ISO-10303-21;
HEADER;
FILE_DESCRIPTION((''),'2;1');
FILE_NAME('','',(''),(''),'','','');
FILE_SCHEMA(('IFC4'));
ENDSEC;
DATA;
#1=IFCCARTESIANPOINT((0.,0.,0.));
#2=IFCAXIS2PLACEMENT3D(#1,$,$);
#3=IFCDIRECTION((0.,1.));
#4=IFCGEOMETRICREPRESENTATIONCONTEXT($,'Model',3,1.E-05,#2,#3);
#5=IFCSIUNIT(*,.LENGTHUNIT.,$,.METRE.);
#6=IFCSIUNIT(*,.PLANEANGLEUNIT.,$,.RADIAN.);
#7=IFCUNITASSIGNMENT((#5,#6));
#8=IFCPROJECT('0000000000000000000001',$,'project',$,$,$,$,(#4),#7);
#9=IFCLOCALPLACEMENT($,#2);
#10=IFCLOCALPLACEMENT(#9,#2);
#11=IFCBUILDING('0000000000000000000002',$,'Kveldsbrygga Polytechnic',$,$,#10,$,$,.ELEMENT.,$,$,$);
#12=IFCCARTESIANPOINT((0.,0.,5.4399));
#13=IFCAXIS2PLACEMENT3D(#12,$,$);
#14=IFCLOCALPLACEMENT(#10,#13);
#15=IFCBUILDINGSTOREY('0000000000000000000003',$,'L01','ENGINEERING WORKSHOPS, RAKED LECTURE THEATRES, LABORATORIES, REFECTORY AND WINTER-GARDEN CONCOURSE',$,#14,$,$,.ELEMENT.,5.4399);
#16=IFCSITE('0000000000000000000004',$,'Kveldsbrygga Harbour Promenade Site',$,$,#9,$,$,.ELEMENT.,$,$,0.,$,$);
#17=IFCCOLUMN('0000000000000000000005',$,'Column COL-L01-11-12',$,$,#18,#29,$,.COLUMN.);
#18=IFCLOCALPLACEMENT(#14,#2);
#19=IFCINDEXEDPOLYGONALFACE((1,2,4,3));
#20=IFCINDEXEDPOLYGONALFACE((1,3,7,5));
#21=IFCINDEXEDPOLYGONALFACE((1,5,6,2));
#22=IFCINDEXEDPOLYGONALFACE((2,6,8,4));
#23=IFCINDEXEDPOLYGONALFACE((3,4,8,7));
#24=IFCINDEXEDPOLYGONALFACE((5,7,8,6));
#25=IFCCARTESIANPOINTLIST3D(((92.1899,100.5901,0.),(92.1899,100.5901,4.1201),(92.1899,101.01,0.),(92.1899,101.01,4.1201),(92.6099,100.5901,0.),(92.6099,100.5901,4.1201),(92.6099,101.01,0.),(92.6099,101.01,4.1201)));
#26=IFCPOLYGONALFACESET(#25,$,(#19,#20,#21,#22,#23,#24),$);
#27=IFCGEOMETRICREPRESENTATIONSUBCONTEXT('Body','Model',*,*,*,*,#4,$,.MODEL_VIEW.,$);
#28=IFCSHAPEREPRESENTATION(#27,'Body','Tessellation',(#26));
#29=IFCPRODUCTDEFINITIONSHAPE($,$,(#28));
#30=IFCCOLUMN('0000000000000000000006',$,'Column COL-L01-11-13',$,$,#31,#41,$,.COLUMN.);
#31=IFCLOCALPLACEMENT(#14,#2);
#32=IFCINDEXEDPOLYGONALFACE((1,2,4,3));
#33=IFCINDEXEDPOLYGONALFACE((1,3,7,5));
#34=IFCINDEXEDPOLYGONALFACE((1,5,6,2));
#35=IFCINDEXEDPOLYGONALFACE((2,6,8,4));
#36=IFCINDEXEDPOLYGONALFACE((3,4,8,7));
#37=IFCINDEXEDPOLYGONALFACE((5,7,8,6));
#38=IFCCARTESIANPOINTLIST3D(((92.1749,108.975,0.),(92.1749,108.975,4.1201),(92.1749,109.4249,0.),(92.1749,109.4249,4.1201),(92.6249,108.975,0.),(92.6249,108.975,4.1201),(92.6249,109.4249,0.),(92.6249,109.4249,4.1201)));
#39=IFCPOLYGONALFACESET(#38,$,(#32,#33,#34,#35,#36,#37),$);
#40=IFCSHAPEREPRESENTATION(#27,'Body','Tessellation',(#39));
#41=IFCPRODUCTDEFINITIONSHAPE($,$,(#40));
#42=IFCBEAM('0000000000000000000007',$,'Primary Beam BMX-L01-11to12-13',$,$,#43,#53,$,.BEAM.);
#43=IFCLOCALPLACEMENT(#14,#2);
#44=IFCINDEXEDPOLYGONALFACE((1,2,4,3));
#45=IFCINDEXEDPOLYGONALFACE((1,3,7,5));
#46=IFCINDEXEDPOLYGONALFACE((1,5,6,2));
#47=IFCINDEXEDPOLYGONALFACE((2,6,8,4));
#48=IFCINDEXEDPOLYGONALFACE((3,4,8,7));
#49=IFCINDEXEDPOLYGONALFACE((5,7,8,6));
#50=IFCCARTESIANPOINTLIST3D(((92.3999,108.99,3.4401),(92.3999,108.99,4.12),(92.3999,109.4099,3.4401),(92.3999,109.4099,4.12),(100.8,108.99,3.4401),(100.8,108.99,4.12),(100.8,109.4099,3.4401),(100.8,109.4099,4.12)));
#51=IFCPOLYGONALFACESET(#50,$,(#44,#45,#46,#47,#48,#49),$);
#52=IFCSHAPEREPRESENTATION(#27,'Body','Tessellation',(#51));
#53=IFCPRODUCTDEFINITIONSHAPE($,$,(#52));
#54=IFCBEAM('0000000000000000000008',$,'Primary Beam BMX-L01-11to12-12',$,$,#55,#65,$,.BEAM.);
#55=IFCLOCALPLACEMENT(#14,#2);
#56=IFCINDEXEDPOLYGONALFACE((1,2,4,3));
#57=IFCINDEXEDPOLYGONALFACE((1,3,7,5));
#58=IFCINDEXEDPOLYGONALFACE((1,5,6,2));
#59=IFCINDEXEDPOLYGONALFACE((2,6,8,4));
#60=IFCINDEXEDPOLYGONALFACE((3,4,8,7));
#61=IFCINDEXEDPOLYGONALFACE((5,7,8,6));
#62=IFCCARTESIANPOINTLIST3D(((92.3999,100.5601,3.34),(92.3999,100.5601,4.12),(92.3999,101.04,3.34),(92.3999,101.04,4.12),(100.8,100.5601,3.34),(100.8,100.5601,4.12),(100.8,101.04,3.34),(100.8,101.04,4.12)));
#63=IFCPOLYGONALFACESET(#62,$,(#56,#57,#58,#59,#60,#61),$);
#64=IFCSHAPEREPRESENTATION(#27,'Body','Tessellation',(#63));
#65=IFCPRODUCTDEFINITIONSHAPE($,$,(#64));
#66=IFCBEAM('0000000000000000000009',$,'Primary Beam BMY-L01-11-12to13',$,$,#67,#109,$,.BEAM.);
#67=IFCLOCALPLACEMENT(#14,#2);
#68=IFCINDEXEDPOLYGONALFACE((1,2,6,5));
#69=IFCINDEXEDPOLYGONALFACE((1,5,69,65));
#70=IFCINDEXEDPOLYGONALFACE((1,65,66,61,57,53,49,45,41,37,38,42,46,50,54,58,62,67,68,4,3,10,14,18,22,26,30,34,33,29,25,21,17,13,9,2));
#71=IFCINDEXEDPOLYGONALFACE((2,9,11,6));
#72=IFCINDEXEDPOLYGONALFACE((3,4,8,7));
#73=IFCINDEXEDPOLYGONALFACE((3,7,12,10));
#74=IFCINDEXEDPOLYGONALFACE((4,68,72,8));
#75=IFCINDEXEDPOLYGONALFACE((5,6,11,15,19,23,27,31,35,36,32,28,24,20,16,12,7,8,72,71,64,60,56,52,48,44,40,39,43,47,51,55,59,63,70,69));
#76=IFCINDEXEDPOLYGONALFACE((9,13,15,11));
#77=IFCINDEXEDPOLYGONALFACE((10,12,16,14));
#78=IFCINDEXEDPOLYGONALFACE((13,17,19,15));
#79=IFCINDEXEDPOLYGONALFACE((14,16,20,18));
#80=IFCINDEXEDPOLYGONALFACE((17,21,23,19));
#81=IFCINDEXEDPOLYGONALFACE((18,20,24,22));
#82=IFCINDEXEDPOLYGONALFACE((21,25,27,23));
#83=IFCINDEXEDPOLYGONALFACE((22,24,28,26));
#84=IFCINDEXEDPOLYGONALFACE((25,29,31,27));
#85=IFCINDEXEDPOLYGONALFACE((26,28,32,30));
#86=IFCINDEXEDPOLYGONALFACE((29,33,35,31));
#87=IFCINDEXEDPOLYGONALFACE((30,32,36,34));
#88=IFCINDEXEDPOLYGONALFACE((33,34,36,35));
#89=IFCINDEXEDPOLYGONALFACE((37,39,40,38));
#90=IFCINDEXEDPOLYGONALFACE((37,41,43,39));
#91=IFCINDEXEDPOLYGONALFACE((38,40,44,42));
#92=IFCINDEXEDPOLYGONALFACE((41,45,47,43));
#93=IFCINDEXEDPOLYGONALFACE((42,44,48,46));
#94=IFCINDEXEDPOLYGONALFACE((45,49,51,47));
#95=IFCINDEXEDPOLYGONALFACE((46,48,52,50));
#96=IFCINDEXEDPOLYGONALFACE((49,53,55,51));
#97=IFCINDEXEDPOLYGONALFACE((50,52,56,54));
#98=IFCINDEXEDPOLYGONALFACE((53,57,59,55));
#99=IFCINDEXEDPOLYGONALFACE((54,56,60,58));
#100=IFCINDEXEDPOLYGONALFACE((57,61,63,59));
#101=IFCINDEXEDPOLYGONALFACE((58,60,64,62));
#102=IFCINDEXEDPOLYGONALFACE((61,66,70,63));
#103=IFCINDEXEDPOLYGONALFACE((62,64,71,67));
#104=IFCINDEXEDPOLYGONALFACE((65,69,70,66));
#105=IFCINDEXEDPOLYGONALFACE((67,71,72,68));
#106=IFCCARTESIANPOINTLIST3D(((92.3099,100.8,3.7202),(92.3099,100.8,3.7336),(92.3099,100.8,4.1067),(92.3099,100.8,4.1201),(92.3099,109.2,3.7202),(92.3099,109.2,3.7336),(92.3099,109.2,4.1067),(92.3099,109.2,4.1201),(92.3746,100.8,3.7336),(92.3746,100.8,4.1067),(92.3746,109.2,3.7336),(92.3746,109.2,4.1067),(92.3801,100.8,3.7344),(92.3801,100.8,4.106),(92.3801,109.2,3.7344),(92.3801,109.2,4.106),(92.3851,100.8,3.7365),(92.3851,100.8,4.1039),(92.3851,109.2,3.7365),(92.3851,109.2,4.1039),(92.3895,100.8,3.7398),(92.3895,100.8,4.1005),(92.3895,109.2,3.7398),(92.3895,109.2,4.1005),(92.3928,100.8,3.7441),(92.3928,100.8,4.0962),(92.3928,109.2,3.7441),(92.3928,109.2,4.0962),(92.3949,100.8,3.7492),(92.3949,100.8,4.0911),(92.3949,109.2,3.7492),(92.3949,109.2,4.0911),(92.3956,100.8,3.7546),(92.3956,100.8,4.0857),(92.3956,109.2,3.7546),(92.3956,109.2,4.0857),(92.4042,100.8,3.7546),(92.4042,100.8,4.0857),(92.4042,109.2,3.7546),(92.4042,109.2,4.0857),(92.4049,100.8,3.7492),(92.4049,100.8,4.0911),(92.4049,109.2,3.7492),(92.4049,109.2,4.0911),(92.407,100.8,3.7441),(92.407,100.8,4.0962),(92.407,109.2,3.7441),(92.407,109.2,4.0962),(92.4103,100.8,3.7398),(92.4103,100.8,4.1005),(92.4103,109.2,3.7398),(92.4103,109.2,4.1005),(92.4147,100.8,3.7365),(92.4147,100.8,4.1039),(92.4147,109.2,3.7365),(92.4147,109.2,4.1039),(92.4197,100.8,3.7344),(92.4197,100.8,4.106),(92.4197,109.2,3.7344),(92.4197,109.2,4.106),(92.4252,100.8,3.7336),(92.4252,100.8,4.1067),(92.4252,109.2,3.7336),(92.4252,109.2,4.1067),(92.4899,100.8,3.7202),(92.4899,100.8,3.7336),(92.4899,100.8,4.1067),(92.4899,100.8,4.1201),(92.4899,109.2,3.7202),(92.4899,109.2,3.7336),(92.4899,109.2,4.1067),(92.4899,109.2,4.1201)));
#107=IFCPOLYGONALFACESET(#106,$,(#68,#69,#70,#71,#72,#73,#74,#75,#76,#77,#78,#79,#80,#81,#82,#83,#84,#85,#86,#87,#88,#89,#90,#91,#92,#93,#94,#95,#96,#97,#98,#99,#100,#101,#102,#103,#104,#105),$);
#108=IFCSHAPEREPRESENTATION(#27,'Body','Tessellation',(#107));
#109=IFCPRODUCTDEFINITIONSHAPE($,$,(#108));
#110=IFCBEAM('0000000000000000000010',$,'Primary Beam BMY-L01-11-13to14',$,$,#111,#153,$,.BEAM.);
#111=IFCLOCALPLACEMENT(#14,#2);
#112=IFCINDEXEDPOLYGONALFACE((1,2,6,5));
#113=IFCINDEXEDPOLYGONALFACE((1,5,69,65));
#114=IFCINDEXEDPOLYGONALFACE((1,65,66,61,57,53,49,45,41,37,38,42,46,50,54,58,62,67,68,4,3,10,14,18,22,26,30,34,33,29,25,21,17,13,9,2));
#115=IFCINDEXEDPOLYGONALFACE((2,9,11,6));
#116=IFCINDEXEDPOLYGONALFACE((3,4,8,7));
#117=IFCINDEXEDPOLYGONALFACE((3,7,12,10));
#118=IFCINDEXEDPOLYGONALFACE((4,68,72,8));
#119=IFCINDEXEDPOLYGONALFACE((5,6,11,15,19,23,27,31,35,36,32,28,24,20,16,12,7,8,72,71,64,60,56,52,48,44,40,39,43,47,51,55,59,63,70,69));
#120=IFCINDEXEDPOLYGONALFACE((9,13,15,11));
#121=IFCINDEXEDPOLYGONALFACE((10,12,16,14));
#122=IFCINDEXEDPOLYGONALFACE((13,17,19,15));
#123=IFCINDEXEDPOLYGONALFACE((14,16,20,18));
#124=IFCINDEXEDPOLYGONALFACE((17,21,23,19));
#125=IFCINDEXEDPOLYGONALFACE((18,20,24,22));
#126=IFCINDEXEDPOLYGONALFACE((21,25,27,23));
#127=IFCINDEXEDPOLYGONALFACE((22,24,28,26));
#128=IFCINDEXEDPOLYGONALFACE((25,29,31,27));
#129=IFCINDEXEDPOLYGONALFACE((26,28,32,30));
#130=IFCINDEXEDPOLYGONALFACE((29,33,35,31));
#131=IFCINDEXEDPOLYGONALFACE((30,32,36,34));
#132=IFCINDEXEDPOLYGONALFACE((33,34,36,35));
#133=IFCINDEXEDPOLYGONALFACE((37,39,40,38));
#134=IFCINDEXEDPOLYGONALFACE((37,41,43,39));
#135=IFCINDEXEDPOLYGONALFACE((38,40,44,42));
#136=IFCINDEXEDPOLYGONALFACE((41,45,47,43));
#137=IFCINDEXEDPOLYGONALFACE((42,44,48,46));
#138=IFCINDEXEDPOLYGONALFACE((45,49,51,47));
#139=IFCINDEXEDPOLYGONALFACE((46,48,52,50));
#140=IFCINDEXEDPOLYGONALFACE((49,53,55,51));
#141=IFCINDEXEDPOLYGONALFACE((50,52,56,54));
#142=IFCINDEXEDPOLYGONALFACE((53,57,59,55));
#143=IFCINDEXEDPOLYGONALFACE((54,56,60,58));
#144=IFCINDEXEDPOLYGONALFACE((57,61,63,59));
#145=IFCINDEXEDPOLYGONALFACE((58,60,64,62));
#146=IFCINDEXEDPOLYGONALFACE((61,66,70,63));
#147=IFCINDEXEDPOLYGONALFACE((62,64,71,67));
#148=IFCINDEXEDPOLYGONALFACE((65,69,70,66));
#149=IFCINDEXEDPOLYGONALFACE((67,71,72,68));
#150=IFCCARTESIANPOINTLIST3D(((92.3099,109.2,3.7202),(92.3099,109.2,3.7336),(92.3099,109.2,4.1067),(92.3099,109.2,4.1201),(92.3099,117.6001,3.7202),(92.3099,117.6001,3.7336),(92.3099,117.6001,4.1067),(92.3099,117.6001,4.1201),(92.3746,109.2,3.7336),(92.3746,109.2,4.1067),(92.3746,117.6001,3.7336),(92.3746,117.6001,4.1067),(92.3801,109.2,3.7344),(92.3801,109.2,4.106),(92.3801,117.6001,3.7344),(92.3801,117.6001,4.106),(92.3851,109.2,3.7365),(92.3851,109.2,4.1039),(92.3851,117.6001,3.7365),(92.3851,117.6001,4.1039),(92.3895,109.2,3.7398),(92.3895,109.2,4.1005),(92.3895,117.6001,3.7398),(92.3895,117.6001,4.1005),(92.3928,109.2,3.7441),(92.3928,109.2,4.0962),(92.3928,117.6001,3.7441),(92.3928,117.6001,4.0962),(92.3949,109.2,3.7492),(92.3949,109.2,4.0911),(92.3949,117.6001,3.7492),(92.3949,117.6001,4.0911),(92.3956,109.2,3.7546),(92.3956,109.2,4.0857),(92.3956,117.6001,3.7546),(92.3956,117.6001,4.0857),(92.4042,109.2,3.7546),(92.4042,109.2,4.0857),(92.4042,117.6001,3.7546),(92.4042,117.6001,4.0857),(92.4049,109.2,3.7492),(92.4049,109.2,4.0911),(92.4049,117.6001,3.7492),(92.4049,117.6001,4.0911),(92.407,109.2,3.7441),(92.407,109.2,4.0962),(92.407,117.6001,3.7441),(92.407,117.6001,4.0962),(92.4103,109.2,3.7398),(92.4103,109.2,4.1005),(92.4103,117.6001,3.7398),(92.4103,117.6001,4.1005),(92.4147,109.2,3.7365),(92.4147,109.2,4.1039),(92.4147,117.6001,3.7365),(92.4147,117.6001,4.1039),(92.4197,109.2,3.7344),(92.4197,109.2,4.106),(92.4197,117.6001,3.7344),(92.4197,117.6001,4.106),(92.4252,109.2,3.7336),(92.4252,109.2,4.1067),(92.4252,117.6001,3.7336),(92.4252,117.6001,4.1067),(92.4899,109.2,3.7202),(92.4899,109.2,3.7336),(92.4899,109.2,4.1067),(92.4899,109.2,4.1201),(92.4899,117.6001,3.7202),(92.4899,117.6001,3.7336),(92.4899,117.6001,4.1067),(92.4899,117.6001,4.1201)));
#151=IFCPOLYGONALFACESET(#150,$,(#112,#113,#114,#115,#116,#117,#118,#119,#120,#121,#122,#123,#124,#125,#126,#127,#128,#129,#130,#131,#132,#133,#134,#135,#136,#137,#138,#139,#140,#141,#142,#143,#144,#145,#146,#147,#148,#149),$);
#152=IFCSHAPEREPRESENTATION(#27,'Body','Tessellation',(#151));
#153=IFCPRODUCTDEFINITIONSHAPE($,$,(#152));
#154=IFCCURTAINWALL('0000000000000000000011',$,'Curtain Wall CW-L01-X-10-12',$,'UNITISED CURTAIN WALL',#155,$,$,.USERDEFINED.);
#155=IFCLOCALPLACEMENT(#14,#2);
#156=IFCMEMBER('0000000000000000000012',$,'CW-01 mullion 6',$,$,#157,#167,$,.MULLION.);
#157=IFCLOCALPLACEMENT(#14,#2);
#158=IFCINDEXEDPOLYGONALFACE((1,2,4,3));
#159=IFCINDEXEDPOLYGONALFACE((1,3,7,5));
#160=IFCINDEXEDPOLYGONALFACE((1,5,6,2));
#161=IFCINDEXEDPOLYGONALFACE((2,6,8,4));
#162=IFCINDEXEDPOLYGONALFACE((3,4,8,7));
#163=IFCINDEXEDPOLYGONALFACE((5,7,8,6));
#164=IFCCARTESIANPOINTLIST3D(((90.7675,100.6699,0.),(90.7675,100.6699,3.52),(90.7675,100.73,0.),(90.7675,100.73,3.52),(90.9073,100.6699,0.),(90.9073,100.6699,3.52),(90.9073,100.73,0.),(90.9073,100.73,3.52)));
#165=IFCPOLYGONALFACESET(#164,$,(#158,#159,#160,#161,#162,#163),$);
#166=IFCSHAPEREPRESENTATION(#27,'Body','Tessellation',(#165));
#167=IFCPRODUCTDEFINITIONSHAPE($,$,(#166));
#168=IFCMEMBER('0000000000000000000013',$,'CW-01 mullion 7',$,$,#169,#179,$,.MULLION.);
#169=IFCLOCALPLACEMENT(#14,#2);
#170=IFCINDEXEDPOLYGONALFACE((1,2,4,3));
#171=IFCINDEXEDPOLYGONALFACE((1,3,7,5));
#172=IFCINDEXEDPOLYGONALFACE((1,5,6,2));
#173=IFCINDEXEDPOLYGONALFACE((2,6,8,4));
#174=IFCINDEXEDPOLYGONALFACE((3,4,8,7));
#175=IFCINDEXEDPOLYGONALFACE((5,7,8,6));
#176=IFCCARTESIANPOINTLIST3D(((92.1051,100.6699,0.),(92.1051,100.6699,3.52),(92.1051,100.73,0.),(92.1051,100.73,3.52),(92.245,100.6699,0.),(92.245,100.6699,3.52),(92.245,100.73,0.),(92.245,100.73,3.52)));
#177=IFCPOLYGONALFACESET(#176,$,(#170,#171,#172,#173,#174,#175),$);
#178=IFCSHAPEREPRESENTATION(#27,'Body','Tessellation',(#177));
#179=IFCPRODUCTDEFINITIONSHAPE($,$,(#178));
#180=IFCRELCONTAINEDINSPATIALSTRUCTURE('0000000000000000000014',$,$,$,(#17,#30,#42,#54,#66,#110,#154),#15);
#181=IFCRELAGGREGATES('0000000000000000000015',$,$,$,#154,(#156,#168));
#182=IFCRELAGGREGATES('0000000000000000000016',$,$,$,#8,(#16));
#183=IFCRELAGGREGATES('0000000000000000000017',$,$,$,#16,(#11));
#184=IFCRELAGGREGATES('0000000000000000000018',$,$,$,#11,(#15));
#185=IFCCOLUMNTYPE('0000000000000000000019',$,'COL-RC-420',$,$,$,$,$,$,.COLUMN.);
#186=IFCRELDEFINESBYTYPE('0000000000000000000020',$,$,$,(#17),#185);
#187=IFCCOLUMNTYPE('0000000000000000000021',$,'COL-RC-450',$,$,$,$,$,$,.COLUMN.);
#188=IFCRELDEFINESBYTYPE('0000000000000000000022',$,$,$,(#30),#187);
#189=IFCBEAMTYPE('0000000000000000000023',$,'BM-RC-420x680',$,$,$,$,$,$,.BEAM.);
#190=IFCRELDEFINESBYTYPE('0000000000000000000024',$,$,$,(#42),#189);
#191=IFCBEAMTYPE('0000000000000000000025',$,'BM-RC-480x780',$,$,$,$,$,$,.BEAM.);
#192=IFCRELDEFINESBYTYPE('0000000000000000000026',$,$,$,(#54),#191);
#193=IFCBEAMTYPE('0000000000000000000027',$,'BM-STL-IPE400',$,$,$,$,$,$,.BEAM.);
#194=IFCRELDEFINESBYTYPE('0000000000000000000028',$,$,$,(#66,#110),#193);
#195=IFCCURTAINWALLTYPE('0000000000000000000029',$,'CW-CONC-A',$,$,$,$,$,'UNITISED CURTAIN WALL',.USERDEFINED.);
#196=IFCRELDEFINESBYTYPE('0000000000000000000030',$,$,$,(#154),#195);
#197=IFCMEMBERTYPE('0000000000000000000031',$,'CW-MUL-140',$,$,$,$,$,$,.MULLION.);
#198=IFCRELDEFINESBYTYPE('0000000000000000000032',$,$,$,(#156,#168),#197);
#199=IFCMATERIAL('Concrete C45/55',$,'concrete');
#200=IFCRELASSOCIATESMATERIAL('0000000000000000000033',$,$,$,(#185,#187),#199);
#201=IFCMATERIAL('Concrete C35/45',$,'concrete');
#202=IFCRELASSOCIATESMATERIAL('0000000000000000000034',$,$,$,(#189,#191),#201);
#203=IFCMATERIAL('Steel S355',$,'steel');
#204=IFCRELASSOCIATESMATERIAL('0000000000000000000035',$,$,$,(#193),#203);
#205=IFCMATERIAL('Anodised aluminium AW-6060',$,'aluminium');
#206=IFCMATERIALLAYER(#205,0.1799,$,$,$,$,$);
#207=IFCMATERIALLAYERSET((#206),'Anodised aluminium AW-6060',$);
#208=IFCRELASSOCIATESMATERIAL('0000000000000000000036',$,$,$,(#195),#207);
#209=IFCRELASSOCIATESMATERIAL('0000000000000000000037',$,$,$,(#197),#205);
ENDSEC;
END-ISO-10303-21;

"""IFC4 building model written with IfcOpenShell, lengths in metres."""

from ifc_helpers import new_model, si_unit, direction, frame, origin, origin_2d, place, context, subcontext, project, spatial, rectangle, i_section, extrude, material, layer, layer_set, material_profile, profile_set, type_object, element, aggregate, save


model = new_model("IFC4")

# Units and contexts
model_context = context("Model", 3, precision=1e-05, world=origin(), true_north=direction((0.0, 1.0)))
body_context = subcontext(model_context, "Body", "Model", "MODEL_VIEW")
ifc_project = project(units=[si_unit("LENGTHUNIT", "METRE"), si_unit("PLANEANGLEUNIT", "RADIAN")], contexts=[model_context])

# Site, building, storey
site_placement = place(None, origin())
site = spatial("IfcSite", under=ifc_project, at=site_placement, Name="Kveldsbrygga Harbour Promenade Site", CompositionType="ELEMENT", RefElevation=0.0)
building_placement = place(site_placement, origin())
building = spatial("IfcBuilding", under=site, at=building_placement, Name="Kveldsbrygga Polytechnic", CompositionType="ELEMENT")
storey_placement = place(building_placement, frame((0.0, 0.0, 5.4399)))
storey = spatial("IfcBuildingStorey", under=building, at=storey_placement, Name="L01", Description="ENGINEERING WORKSHOPS, RAKED LECTURE THEATRES, LABORATORIES, REFECTORY AND WINTER-GARDEN CONCOURSE", CompositionType="ELEMENT", Elevation=5.4399)

# Columns
ifc_material_1 = material(Name="Concrete C45/55", Category="concrete")
ifc_material_profile_1 = material_profile(ifc_material_1, rectangle(XDim=0.4199, YDim=0.4199, at=origin_2d()), Name="RC 420x420")
ifc_profile_set_1 = profile_set([ifc_material_profile_1], Name="Concrete C45/55")
column_type_1 = type_object("IfcColumnType", Name="COL-RC-420", PredefinedType="COLUMN", material=ifc_profile_set_1)
column_1_placement = place(storey_placement, frame((92.3999, 100.8, 0.0), z_axis=(0.0, 0.0, 1.0), x_axis=(1.0, 0.0, 0.0)))
element("IfcColumn", 1, at=column_1_placement, inside=storey, type_object=column_type_1, Name="Column COL-L01-11-12", PredefinedType="COLUMN", context=body_context, shape_type="SweptSolid", body=[
    extrude(rectangle(XDim=0.4199, YDim=0.4199, at=origin_2d()), origin(), (0.0, 0.0, 1.0), 4.1201),
])
ifc_material_profile_2 = material_profile(ifc_material_1, rectangle(XDim=0.45, YDim=0.45, at=origin_2d()), Name="RC 450x450")
ifc_profile_set_2 = profile_set([ifc_material_profile_2], Name="Concrete C45/55")
column_type_2 = type_object("IfcColumnType", Name="COL-RC-450", PredefinedType="COLUMN", material=ifc_profile_set_2)
column_2_placement = place(storey_placement, frame((92.3999, 109.2, 0.0), z_axis=(0.0, 0.0, 1.0), x_axis=(1.0, 0.0, 0.0)))
element("IfcColumn", 2, at=column_2_placement, inside=storey, type_object=column_type_2, Name="Column COL-L01-11-13", PredefinedType="COLUMN", context=body_context, shape_type="SweptSolid", body=[
    extrude(rectangle(XDim=0.45, YDim=0.45, at=origin_2d()), origin(), (0.0, 0.0, 1.0), 4.1201),
])

# Beams
ifc_material_2 = material(Name="Concrete C35/45", Category="concrete")
ifc_material_profile_3 = material_profile(ifc_material_2, rectangle(XDim=0.4199, YDim=0.6799, at=origin_2d()), Name="RC 420x680")
ifc_profile_set_3 = profile_set([ifc_material_profile_3], Name="Concrete C35/45")
beam_type_1 = type_object("IfcBeamType", Name="BM-RC-420x680", PredefinedType="BEAM", material=ifc_profile_set_3)
beam_1_placement = place(storey_placement, frame((92.3999, 109.2, 3.78), z_axis=(1.0, 0.0, 0.0), x_axis=(0.0, 1.0, 0.0)))
element("IfcBeam", 3, at=beam_1_placement, inside=storey, type_object=beam_type_1, Name="Primary Beam BMX-L01-11to12-13", PredefinedType="BEAM", context=body_context, shape_type="SweptSolid", body=[
    extrude(rectangle(XDim=0.4199, YDim=0.6799, at=origin_2d()), origin(), (0.0, 0.0, 1.0), 8.4001),
])
ifc_material_profile_4 = material_profile(ifc_material_2, rectangle(XDim=0.48, YDim=0.78, at=origin_2d()), Name="RC 480x780")
ifc_profile_set_4 = profile_set([ifc_material_profile_4], Name="Concrete C35/45")
beam_type_2 = type_object("IfcBeamType", Name="BM-RC-480x780", PredefinedType="BEAM", material=ifc_profile_set_4)
beam_2_placement = place(storey_placement, frame((92.3999, 100.8, 3.73), z_axis=(1.0, 0.0, 0.0), x_axis=(0.0, 1.0, 0.0)))
element("IfcBeam", 4, at=beam_2_placement, inside=storey, type_object=beam_type_2, Name="Primary Beam BMX-L01-11to12-12", PredefinedType="BEAM", context=body_context, shape_type="SweptSolid", body=[
    extrude(rectangle(XDim=0.48, YDim=0.78, at=origin_2d()), origin(), (0.0, 0.0, 1.0), 8.4001),
])
ifc_material_3 = material(Name="Steel S355", Category="steel")
ifc_material_profile_5 = material_profile(ifc_material_3, i_section(OverallWidth=0.1799, OverallDepth=0.3999, WebThickness=0.0085, FlangeThickness=0.0134, FilletRadius=0.021, at=origin_2d()), Name="IPE 400")
ifc_profile_set_5 = profile_set([ifc_material_profile_5], Name="Steel S355")
beam_type_3 = type_object("IfcBeamType", Name="BM-STL-IPE400", PredefinedType="BEAM", material=ifc_profile_set_5)
beam_3_placement = place(storey_placement, frame((92.3999, 100.8, 3.9202), z_axis=(0.0, 1.0, 0.0), x_axis=(-1.0, 0.0, 0.0)))
element("IfcBeam", 5, at=beam_3_placement, inside=storey, type_object=beam_type_3, Name="Primary Beam BMY-L01-11-12to13", PredefinedType="BEAM", context=body_context, shape_type="SweptSolid", body=[
    extrude(i_section(OverallWidth=0.1799, OverallDepth=0.3999, WebThickness=0.0085, FlangeThickness=0.0134, FilletRadius=0.021, at=origin_2d()), origin(), (0.0, 0.0, 1.0), 8.3999),
])
beam_4_placement = place(storey_placement, frame((92.3999, 109.2, 3.9202), z_axis=(0.0, 1.0, 0.0), x_axis=(-1.0, 0.0, 0.0)))
element("IfcBeam", 6, at=beam_4_placement, inside=storey, type_object=beam_type_3, Name="Primary Beam BMY-L01-11-13to14", PredefinedType="BEAM", context=body_context, shape_type="SweptSolid", body=[
    extrude(i_section(OverallWidth=0.1799, OverallDepth=0.3999, WebThickness=0.0085, FlangeThickness=0.0134, FilletRadius=0.021, at=origin_2d()), origin(), (0.0, 0.0, 1.0), 8.4001),
])

# Curtain wall, members
ifc_material_4 = material(Name="Anodised aluminium AW-6060", Category="aluminium")
ifc_layer_1 = layer(ifc_material_4, 0.1799)
ifc_layer_set_1 = layer_set([ifc_layer_1], Name="Anodised aluminium AW-6060")
curtain_wall_type = type_object("IfcCurtainWallType", Name="CW-CONC-A", ElementType="UNITISED CURTAIN WALL", PredefinedType="USERDEFINED", material=ifc_layer_set_1)
curtain_wall_placement = place(storey_placement, origin())
curtain_wall = element("IfcCurtainWall", 7, at=curtain_wall_placement, inside=storey, type_object=curtain_wall_type, Name="Curtain Wall CW-L01-X-10-12", ObjectType="UNITISED CURTAIN WALL", PredefinedType="USERDEFINED")
ifc_material_profile_6 = material_profile(ifc_material_4, rectangle(XDim=0.0601, YDim=0.1399, at=origin_2d()), Name="ALU 60x140")
ifc_profile_set_6 = profile_set([ifc_material_profile_6], Name="Anodised aluminium AW-6060")
member_type_1 = type_object("IfcMemberType", Name="CW-MUL-140", PredefinedType="MULLION", material=ifc_profile_set_6)
member_1_placement = place(storey_placement, frame((90.8374, 100.7, 0.0), z_axis=(0.0, 0.0, 1.0), x_axis=(0.0, 1.0, 0.0)))
member_1 = element("IfcMember", 8, at=member_1_placement, type_object=member_type_1, Name="CW-01 mullion 6", PredefinedType="MULLION", context=body_context, shape_type="SweptSolid", body=[
    extrude(rectangle(XDim=0.0601, YDim=0.1399, at=origin_2d()), origin(), (0.0, 0.0, 1.0), 3.52),
])
member_2_placement = place(storey_placement, frame((92.175, 100.7, 0.0), z_axis=(0.0, 0.0, 1.0), x_axis=(0.0, 1.0, 0.0)))
member_2 = element("IfcMember", 9, at=member_2_placement, type_object=member_type_1, Name="CW-01 mullion 7", PredefinedType="MULLION", context=body_context, shape_type="SweptSolid", body=[
    extrude(rectangle(XDim=0.0601, YDim=0.1399, at=origin_2d()), origin(), (0.0, 0.0, 1.0), 3.52),
])

aggregate(curtain_wall, [member_1, member_2])

save(model, "model.ifc")
